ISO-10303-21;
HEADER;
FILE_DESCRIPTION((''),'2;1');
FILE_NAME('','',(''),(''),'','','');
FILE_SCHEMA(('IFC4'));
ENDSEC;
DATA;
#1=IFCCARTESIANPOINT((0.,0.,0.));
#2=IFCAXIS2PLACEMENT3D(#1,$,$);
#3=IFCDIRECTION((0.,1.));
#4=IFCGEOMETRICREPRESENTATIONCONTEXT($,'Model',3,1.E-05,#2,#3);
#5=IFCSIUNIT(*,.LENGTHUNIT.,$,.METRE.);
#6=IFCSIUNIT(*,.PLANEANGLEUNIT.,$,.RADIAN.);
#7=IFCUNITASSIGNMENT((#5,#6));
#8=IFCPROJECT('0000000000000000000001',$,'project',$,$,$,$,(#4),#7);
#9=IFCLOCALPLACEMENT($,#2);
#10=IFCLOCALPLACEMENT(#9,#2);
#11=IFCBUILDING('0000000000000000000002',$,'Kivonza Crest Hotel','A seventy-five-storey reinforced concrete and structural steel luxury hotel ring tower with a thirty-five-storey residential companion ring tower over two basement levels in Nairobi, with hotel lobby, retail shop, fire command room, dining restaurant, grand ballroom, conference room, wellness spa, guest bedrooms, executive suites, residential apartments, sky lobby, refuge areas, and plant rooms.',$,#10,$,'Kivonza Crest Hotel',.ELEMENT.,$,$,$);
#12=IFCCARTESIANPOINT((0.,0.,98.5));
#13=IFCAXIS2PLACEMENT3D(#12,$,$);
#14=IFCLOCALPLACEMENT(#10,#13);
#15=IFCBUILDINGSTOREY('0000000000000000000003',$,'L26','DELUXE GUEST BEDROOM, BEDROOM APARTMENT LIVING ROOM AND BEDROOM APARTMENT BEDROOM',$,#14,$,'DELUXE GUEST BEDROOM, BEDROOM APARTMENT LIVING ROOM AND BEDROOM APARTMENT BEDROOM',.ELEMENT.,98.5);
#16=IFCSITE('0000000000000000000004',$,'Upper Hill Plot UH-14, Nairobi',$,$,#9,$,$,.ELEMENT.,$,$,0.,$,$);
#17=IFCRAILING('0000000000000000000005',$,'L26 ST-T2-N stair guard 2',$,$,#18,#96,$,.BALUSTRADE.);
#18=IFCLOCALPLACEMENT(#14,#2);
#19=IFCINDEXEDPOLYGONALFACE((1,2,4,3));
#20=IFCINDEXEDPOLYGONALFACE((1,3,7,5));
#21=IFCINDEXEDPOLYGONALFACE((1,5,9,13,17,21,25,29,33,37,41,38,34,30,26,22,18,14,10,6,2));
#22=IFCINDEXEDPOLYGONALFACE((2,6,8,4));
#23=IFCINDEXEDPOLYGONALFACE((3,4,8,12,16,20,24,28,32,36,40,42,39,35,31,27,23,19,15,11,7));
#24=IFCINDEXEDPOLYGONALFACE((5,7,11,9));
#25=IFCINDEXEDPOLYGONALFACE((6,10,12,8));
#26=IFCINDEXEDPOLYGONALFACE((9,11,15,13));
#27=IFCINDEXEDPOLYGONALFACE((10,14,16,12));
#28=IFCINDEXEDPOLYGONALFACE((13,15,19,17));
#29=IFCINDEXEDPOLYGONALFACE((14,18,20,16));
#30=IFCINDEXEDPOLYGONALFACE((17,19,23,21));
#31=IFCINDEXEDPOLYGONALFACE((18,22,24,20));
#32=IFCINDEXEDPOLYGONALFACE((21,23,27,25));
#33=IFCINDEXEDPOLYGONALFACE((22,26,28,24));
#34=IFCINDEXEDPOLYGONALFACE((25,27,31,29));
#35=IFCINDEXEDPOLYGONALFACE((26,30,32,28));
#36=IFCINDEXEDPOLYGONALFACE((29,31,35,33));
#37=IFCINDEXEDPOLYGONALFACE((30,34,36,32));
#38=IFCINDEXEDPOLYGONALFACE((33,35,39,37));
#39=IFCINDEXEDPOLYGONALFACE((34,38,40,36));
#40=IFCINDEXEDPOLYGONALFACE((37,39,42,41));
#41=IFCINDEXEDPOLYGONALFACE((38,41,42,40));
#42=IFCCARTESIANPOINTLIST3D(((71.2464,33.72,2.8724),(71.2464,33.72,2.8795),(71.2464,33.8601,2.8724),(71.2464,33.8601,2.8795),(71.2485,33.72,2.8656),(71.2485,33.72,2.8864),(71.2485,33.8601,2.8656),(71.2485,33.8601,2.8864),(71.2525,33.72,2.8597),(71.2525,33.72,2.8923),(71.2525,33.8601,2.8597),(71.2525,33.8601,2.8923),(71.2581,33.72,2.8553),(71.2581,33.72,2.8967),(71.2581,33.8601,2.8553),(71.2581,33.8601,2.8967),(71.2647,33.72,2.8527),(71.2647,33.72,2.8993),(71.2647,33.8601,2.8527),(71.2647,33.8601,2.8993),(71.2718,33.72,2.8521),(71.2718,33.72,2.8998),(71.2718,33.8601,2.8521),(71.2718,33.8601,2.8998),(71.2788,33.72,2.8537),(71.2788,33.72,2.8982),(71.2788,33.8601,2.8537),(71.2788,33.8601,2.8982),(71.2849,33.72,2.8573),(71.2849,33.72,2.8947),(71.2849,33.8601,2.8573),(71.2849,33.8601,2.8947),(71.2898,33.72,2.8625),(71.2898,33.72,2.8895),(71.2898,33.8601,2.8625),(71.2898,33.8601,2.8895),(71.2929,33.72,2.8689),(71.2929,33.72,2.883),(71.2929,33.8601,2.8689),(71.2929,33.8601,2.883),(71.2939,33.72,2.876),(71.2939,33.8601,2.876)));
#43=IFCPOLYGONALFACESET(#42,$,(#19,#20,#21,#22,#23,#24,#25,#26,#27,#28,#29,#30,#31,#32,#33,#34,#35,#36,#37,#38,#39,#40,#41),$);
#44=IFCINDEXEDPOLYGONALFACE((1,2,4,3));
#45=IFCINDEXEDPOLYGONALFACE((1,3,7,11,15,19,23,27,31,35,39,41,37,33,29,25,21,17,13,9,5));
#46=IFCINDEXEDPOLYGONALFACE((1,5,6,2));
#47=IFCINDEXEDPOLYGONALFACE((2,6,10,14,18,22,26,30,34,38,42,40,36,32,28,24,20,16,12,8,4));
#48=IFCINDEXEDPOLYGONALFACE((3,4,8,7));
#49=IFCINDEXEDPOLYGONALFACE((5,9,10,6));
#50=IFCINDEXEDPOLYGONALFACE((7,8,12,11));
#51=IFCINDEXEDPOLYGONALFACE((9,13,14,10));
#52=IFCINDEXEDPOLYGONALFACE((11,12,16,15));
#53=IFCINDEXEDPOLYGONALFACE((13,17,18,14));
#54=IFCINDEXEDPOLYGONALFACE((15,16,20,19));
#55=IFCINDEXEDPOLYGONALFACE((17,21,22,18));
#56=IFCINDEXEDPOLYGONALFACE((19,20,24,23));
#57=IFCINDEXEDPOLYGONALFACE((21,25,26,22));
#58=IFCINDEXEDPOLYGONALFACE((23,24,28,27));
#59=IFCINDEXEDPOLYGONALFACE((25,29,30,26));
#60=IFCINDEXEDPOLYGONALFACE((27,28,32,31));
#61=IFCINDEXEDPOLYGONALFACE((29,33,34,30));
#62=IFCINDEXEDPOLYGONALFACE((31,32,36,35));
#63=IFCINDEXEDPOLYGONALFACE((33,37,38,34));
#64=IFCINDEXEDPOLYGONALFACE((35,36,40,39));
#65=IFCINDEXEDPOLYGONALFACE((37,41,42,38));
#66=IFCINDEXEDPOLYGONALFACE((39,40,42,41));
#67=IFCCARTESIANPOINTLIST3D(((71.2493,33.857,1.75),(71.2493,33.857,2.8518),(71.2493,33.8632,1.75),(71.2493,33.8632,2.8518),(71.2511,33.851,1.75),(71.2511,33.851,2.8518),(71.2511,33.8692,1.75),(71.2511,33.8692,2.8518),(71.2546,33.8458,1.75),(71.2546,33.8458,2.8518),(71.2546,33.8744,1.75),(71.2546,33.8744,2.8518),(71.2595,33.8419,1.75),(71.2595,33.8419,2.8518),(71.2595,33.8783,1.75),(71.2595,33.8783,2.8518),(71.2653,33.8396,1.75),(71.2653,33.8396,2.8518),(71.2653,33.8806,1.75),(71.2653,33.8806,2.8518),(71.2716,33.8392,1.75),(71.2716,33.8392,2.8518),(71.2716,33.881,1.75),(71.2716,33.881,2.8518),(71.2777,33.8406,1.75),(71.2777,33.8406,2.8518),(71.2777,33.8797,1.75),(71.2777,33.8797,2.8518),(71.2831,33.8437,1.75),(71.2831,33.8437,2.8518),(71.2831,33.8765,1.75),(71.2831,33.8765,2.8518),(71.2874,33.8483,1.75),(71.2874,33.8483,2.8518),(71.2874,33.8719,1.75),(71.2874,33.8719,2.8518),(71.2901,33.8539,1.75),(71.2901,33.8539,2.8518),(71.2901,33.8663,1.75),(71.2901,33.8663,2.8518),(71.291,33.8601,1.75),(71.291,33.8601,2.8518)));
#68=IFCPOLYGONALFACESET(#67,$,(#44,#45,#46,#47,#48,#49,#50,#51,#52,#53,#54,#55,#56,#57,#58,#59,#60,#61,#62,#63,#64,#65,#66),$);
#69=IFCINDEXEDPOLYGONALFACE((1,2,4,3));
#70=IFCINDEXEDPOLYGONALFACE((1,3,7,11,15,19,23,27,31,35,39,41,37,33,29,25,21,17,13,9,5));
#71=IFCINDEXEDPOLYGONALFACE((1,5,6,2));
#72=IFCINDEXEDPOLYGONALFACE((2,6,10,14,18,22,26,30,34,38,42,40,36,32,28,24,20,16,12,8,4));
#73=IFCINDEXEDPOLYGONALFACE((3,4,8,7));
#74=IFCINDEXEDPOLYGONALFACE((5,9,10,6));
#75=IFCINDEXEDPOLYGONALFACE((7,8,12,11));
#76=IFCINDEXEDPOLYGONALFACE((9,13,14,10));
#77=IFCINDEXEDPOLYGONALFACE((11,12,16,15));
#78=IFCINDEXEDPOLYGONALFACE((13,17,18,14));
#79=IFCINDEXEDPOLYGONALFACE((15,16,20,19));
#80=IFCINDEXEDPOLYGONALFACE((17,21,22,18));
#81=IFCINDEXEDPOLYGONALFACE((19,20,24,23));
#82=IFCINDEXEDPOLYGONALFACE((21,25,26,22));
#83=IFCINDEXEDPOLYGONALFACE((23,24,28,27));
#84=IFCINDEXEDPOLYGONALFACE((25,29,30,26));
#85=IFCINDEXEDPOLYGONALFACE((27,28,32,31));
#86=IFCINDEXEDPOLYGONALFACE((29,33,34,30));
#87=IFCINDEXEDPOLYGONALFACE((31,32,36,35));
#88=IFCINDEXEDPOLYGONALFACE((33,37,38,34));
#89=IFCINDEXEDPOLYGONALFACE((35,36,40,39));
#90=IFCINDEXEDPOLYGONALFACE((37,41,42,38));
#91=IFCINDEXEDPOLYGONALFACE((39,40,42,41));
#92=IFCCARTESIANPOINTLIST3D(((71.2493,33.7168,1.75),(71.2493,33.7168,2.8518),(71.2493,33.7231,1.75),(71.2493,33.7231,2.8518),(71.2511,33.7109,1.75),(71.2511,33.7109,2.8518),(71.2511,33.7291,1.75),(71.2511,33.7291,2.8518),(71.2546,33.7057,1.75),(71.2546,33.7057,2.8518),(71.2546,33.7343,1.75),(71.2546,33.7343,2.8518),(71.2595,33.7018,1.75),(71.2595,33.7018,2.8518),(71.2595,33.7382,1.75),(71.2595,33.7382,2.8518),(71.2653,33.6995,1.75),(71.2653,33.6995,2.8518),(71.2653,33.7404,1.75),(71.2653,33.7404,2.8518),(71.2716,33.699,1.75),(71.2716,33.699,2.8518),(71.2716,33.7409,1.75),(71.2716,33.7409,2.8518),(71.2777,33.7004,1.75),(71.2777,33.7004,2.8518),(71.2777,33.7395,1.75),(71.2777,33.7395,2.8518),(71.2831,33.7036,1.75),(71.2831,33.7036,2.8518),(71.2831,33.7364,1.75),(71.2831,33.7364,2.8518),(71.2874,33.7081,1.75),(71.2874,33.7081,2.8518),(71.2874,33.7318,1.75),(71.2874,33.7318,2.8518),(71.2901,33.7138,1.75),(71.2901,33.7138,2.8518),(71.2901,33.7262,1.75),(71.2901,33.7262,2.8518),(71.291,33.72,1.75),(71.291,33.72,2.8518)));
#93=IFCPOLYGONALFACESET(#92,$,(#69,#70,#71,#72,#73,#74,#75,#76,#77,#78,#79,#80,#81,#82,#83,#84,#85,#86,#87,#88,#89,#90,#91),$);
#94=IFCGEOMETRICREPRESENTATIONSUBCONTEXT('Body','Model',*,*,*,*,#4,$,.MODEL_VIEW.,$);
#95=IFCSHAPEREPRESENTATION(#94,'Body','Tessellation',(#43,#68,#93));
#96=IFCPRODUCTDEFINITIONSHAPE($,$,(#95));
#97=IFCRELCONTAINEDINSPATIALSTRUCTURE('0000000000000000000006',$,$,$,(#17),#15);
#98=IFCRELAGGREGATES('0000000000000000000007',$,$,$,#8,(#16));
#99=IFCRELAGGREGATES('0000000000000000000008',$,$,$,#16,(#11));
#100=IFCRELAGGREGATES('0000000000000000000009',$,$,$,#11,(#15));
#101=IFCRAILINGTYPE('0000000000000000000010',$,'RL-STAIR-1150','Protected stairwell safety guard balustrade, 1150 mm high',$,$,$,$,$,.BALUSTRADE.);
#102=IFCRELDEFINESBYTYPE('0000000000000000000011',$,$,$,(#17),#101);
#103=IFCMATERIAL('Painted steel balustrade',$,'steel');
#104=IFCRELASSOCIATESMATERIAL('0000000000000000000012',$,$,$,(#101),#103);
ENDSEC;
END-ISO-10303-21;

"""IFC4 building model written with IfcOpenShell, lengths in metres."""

from ifc_helpers import new_model, si_unit, direction, frame, origin, origin_2d, place, context, subcontext, project, spatial, circle, extrude, material, type_object, element, save


model = new_model("IFC4")

# Units and contexts
model_context = context("Model", 3, precision=1e-05, world=origin(), true_north=direction((0.0, 1.0)))
body_context = subcontext(model_context, "Body", "Model", "MODEL_VIEW")
ifc_project = project(units=[si_unit("LENGTHUNIT", "METRE"), si_unit("PLANEANGLEUNIT", "RADIAN")], contexts=[model_context])

# Site, building, storey
site_placement = place(None, origin())
site = spatial("IfcSite", under=ifc_project, at=site_placement, Name="Upper Hill Plot UH-14, Nairobi", CompositionType="ELEMENT", RefElevation=0.0)
building_placement = place(site_placement, origin())
building = spatial("IfcBuilding", under=site, at=building_placement, Name="Kivonza Crest Hotel", Description="A seventy-five-storey reinforced concrete and structural steel luxury hotel ring tower with a thirty-five-storey residential companion ring tower over two basement levels in Nairobi, with hotel lobby, retail shop, fire command room, dining restaurant, grand ballroom, conference room, wellness spa, guest bedrooms, executive suites, residential apartments, sky lobby, refuge areas, and plant rooms.", LongName="Kivonza Crest Hotel", CompositionType="ELEMENT")
storey_placement = place(building_placement, frame((0.0, 0.0, 98.5)))
storey = spatial("IfcBuildingStorey", under=building, at=storey_placement, Name="L26", Description="DELUXE GUEST BEDROOM, BEDROOM APARTMENT LIVING ROOM AND BEDROOM APARTMENT BEDROOM", LongName="DELUXE GUEST BEDROOM, BEDROOM APARTMENT LIVING ROOM AND BEDROOM APARTMENT BEDROOM", CompositionType="ELEMENT", Elevation=98.5)

# Railing
ifc_material_1 = material(Name="Painted steel balustrade", Category="steel")
railing_type_1 = type_object("IfcRailingType", Name="RL-STAIR-1150", Description="Protected stairwell safety guard balustrade, 1150 mm high", PredefinedType="BALUSTRADE", material=ifc_material_1)
railing_1_placement = place(storey_placement, frame((71.27, 33.8601, 1.75)))
element("IfcRailing", 1, at=railing_1_placement, inside=storey, type_object=railing_type_1, Name="L26 ST-T2-N stair guard 2", PredefinedType="BALUSTRADE", context=body_context, shape_type="SweptSolid", body=[
    extrude(circle(Radius=0.0239, at=origin_2d()), frame((0.0, 0.0, 1.126), z_axis=(0.0, -1.0, 0.0), x_axis=(1.0, 0.0, 0.0)), (0.0, 0.0, 1.0), 0.1401),
    extrude(circle(Radius=0.021, at=origin_2d()), origin(), (0.0, 0.0, 1.0), 1.1018),
    extrude(circle(Radius=0.021, at=origin_2d()), frame((0.0, -0.1401, 0.0)), (0.0, 0.0, 1.0), 1.1018),
])

save(model, "model.ifc")
